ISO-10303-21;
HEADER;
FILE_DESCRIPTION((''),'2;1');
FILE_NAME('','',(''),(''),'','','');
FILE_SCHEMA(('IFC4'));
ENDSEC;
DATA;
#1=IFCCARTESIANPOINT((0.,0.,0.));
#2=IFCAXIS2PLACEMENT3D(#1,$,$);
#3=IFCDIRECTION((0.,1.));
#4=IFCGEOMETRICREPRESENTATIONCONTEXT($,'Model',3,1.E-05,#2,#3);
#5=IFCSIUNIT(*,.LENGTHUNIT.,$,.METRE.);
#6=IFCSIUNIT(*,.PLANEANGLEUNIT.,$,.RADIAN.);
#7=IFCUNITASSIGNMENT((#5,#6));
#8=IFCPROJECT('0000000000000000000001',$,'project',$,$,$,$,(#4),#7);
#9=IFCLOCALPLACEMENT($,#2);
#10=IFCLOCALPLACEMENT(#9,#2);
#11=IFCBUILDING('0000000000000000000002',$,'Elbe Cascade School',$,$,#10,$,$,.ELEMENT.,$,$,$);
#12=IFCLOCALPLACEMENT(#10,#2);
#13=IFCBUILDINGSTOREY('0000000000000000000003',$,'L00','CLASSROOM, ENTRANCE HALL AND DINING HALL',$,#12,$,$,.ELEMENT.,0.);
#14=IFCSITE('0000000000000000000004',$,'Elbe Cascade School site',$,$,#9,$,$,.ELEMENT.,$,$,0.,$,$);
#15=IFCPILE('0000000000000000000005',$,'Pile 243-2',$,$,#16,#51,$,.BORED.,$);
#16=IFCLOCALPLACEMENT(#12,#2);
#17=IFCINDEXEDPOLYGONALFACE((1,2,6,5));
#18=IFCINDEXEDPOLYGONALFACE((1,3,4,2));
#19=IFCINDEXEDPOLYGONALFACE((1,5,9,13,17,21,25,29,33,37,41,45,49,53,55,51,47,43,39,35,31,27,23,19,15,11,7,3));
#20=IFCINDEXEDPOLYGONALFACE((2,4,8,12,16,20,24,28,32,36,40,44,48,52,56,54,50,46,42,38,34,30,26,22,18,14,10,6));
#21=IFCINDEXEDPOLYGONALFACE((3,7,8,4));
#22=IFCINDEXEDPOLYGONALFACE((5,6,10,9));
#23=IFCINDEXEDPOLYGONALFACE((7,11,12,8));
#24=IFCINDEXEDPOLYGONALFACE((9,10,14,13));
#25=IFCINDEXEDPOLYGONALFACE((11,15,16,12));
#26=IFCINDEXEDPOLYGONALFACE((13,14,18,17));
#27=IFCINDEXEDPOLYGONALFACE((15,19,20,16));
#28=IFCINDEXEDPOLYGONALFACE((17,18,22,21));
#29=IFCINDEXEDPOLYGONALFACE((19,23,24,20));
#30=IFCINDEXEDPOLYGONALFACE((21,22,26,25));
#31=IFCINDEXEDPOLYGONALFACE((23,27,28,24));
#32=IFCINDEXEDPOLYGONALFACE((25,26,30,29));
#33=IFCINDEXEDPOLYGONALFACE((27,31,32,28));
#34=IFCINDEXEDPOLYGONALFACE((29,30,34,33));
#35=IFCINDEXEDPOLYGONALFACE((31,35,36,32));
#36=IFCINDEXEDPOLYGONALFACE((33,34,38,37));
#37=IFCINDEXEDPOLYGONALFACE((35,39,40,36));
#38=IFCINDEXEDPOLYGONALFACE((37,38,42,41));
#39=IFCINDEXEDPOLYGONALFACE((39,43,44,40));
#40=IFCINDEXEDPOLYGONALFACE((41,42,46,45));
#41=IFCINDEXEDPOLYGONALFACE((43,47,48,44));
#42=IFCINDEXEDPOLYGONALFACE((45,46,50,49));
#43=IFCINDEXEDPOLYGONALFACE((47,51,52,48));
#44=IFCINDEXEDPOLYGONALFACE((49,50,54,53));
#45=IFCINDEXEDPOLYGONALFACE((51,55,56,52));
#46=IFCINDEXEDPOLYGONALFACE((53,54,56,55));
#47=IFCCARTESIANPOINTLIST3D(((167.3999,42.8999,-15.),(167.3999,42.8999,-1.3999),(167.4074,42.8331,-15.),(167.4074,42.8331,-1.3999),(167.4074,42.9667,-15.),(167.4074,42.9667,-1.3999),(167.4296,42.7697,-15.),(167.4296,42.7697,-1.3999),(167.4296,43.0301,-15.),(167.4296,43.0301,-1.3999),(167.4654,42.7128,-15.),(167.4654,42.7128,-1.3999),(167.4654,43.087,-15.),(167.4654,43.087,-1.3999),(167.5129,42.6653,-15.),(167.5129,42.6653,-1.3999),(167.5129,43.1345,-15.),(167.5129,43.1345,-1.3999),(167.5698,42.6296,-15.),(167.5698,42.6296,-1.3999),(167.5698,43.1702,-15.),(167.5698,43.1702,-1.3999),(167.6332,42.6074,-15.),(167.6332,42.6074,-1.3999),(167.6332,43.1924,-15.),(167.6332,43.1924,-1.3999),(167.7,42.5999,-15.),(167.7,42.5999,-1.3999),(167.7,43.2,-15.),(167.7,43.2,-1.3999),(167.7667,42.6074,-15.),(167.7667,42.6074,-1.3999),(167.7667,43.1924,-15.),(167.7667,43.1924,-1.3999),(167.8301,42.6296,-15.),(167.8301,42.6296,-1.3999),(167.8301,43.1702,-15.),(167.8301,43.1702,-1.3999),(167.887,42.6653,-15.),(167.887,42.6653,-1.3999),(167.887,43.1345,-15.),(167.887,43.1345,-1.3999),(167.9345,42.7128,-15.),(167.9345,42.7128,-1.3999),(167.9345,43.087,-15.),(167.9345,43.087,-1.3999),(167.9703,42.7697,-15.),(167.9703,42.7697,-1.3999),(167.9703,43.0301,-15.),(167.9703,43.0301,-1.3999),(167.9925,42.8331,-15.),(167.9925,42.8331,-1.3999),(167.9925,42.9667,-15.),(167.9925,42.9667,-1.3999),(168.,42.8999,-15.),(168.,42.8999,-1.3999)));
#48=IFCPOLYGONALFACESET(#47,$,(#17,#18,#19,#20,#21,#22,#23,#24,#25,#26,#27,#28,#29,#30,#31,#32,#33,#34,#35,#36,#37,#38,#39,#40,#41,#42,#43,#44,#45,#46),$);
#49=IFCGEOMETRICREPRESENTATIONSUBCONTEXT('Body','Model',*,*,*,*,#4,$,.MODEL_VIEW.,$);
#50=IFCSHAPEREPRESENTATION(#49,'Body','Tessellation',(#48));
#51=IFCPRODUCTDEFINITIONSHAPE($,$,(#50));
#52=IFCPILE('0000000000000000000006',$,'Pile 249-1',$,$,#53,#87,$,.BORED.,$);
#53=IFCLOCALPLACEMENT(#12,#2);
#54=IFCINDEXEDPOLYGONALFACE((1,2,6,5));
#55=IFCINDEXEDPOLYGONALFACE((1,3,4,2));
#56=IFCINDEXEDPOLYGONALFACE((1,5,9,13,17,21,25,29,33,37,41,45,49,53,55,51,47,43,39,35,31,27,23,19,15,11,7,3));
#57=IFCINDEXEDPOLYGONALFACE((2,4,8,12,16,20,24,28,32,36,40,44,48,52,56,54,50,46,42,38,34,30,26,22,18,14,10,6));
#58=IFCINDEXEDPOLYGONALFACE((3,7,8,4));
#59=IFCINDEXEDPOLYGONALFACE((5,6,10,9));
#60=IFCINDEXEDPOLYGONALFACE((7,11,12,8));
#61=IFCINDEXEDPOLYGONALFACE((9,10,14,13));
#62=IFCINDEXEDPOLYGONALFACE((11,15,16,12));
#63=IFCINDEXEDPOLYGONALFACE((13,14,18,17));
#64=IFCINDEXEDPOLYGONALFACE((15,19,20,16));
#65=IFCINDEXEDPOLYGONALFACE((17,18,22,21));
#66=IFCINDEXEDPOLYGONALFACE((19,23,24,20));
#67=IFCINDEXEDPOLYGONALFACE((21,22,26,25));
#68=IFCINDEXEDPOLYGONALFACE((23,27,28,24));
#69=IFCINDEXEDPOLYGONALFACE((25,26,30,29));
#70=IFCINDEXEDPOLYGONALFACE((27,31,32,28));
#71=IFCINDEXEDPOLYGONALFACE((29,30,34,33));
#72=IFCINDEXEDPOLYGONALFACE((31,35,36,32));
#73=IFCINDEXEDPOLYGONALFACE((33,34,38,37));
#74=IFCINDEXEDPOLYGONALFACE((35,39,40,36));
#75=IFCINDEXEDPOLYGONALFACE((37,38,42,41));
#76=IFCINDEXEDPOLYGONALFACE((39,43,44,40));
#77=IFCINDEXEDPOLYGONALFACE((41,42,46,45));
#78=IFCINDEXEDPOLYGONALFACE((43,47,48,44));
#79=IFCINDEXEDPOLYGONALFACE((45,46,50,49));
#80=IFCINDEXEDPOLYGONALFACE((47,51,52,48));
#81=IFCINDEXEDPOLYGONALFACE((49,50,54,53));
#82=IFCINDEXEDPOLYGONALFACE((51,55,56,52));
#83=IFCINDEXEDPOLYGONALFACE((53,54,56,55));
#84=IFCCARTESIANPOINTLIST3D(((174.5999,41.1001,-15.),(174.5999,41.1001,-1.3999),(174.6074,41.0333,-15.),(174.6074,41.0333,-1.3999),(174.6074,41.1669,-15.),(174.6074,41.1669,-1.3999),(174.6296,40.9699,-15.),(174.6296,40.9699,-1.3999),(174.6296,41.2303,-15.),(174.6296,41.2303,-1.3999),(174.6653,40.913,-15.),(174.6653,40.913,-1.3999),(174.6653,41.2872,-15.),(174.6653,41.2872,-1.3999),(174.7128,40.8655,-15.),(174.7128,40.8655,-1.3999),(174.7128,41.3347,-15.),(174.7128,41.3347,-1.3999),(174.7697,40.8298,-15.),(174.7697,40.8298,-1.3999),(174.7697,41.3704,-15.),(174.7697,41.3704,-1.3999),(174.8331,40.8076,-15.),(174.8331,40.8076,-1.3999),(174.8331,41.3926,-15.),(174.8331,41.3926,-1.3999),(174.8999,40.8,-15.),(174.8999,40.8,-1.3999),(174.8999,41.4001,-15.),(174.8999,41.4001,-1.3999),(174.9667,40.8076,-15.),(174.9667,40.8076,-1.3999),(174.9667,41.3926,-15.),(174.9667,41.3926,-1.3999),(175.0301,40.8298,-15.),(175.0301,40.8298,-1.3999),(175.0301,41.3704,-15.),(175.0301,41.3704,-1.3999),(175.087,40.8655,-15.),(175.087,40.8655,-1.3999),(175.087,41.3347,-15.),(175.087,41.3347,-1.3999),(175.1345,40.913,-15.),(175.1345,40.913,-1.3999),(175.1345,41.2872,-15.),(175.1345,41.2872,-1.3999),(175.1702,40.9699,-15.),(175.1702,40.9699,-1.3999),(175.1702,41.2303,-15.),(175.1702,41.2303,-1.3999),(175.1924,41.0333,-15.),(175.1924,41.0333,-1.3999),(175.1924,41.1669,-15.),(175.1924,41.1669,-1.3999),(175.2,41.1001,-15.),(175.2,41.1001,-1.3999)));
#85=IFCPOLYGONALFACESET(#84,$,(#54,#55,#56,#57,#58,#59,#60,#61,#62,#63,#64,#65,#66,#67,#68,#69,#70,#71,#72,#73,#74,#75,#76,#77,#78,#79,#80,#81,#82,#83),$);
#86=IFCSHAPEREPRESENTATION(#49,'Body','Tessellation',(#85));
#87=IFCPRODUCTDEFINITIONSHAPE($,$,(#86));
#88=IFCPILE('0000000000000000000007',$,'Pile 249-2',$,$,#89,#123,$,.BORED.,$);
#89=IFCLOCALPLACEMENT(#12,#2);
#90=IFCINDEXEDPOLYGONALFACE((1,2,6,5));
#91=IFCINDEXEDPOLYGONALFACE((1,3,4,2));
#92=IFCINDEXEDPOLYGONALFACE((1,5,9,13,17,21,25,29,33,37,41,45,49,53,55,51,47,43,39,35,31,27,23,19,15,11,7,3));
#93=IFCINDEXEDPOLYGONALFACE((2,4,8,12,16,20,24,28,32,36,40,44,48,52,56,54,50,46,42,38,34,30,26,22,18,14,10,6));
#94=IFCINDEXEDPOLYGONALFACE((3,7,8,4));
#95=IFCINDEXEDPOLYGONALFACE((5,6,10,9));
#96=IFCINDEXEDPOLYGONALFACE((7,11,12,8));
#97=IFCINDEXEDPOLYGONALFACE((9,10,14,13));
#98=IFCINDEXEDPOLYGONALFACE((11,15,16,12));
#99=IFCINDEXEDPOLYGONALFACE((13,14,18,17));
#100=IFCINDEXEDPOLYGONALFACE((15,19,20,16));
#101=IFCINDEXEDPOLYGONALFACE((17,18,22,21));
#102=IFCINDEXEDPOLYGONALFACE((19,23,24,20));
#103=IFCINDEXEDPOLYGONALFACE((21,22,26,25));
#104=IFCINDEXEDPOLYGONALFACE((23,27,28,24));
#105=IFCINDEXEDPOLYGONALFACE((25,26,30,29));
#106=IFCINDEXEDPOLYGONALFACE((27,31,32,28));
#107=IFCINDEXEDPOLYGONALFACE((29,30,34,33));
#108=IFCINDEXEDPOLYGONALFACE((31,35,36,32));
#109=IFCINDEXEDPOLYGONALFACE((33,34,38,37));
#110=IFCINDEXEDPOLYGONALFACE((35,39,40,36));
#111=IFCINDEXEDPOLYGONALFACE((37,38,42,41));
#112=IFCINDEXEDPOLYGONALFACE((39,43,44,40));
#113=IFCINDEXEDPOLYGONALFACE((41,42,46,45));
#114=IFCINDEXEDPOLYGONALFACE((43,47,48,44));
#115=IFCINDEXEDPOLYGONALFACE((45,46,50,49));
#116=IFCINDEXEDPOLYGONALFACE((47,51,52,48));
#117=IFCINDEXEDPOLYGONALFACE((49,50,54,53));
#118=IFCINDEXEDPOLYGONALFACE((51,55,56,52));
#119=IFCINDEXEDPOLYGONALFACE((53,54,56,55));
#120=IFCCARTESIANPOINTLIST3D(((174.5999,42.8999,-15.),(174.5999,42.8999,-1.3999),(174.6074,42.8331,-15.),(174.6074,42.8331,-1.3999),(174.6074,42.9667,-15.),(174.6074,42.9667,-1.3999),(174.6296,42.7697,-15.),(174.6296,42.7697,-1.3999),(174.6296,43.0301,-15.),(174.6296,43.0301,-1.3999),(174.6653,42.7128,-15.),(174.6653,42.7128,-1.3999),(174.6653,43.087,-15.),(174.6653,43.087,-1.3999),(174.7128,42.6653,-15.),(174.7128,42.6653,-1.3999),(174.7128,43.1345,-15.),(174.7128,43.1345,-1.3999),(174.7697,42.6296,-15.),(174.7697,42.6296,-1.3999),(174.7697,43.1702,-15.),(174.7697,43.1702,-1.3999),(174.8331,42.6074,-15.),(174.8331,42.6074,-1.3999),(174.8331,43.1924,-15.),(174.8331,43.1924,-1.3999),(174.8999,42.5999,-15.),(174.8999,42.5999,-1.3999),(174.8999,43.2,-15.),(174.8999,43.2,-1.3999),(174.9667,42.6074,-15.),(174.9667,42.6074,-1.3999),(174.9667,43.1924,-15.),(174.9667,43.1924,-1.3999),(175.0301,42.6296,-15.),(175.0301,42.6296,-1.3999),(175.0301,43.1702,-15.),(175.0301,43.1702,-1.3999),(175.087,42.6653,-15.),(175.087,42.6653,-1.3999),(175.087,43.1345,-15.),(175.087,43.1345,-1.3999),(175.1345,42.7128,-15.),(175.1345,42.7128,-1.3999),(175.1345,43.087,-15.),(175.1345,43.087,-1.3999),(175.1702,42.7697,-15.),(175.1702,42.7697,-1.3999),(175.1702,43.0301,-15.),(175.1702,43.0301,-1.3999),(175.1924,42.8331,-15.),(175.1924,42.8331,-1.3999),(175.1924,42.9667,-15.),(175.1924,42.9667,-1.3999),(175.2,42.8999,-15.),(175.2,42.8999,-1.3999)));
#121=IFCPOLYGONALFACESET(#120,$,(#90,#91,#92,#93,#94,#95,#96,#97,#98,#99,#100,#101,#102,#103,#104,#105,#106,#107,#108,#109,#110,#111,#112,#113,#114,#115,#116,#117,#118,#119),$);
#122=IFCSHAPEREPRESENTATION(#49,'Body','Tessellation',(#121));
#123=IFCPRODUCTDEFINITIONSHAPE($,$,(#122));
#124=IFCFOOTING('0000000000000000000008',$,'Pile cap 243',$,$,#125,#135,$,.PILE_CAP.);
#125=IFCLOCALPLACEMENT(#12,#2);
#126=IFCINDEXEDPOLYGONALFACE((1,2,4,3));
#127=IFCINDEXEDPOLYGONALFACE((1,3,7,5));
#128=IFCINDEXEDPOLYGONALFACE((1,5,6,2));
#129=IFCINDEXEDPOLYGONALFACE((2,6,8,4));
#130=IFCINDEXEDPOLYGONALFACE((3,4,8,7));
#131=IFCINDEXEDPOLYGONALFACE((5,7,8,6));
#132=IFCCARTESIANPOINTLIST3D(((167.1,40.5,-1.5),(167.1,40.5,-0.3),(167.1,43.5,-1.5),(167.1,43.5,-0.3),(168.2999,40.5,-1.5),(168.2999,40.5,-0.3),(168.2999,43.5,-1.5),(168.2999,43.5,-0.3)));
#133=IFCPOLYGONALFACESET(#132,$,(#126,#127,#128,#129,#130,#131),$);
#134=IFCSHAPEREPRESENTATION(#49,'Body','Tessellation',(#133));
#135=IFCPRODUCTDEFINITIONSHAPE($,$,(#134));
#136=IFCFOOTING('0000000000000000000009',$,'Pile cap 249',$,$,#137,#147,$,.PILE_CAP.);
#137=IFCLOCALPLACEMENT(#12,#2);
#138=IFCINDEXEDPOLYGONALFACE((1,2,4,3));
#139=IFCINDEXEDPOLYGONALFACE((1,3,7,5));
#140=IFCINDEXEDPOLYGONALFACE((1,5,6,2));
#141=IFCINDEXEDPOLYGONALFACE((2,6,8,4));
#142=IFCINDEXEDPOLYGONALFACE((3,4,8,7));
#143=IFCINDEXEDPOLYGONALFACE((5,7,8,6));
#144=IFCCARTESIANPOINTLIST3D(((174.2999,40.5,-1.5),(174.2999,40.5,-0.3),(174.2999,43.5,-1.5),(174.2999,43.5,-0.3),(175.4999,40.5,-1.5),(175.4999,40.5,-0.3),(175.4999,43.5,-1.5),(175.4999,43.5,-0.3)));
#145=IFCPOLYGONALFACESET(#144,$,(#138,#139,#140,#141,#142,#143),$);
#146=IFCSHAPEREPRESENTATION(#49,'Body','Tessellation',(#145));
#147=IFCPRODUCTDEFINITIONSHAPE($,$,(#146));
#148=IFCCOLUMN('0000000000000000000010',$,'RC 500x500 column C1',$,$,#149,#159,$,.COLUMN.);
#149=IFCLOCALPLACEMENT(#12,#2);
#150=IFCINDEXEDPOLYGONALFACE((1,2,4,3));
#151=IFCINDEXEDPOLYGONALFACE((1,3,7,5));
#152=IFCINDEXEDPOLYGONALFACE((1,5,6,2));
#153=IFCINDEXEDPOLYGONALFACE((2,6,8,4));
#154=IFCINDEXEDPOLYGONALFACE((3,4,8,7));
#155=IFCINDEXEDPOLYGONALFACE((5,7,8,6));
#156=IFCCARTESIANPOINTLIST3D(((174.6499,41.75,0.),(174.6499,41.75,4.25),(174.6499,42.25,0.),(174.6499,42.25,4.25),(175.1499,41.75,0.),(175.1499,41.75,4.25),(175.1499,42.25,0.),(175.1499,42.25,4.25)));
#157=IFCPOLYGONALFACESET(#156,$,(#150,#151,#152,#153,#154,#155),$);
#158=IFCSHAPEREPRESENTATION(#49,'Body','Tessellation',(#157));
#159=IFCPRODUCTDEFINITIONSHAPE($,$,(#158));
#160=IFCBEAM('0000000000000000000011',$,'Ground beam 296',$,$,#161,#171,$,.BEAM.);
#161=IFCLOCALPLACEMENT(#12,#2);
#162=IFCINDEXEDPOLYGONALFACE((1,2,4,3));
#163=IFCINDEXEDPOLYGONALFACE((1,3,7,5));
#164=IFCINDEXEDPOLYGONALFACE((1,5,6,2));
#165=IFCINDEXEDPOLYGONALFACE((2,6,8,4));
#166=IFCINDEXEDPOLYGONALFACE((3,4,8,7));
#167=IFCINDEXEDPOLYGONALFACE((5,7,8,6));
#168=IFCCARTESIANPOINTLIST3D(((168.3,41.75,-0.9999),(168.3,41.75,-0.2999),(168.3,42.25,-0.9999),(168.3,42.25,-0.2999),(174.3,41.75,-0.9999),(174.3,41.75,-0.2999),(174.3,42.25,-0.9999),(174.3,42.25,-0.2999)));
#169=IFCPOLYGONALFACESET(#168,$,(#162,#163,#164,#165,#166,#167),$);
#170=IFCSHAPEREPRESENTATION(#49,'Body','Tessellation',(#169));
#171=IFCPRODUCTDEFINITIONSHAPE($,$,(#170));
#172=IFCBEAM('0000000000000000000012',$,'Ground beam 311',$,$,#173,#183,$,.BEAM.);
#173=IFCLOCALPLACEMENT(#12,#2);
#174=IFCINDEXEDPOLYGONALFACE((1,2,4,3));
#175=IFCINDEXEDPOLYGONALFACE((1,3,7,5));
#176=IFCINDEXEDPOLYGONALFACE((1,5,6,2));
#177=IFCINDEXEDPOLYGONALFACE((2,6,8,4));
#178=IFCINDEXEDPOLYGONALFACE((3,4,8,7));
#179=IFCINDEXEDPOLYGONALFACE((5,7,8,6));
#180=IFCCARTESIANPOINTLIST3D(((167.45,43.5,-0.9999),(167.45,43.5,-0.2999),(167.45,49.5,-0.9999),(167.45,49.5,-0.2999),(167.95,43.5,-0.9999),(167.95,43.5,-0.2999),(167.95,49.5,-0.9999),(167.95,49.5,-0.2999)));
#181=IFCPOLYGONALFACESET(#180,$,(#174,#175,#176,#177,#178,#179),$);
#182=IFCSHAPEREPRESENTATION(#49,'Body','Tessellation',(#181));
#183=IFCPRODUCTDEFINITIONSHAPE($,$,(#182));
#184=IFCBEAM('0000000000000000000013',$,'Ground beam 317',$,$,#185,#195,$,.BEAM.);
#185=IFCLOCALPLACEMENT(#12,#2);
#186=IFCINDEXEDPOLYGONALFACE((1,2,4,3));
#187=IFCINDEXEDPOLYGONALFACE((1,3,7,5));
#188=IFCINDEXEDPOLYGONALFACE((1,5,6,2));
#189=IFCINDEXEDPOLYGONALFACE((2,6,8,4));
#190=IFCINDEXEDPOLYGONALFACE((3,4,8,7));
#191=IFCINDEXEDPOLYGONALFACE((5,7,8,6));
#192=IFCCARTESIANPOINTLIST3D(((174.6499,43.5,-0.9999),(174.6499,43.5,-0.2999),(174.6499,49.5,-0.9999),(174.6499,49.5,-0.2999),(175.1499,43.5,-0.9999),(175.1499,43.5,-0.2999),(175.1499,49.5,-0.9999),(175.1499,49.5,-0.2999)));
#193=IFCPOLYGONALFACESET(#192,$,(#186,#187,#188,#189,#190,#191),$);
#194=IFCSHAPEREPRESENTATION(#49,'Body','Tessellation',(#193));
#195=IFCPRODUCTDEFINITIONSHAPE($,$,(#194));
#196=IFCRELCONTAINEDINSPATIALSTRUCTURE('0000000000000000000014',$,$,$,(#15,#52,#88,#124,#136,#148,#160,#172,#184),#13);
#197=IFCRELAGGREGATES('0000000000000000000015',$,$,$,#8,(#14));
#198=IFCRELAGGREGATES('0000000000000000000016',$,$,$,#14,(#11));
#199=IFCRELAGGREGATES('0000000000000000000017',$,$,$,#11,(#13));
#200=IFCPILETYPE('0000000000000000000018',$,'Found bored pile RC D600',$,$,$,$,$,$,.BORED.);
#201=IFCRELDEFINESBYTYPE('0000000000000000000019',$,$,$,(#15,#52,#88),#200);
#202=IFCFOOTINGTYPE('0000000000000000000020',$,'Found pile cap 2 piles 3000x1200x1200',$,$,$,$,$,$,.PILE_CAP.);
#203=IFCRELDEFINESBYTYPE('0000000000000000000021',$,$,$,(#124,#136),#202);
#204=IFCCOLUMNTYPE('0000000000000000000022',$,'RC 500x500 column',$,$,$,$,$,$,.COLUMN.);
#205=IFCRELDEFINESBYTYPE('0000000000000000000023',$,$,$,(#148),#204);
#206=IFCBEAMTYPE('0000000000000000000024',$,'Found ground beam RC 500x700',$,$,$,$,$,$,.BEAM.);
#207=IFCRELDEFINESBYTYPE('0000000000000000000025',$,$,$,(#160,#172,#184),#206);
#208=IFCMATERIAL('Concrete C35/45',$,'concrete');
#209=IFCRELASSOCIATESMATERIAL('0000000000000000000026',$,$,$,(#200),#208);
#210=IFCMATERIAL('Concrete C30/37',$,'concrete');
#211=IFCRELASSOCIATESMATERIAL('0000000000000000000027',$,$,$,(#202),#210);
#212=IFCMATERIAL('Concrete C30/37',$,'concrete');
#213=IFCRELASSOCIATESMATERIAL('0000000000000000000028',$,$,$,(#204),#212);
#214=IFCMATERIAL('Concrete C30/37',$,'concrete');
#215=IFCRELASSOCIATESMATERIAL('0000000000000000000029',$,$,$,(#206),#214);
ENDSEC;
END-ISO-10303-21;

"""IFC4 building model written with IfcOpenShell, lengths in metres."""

from ifc_helpers import new_model, si_unit, direction, frame, origin, origin_2d, place, context, subcontext, project, spatial, rectangle, circle, extrude, material, material_profile, profile_set, type_object, element, save


model = new_model("IFC4")

# Units and contexts
model_context = context("Model", 3, precision=1e-05, world=origin(), true_north=direction((0.0, 1.0)))
body_context = subcontext(model_context, "Body", "Model", "MODEL_VIEW")
ifc_project = project(units=[si_unit("LENGTHUNIT", "METRE"), si_unit("PLANEANGLEUNIT", "RADIAN")], contexts=[model_context])

# Site, building, storey
site_placement = place(None, origin())
site = spatial("IfcSite", under=ifc_project, at=site_placement, Name="Elbe Cascade School site", CompositionType="ELEMENT", RefElevation=0.0)
building_placement = place(site_placement, origin())
building = spatial("IfcBuilding", under=site, at=building_placement, Name="Elbe Cascade School", CompositionType="ELEMENT")
storey_placement = place(building_placement, origin())
storey = spatial("IfcBuildingStorey", under=building, at=storey_placement, Name="L00", Description="CLASSROOM, ENTRANCE HALL AND DINING HALL", CompositionType="ELEMENT", Elevation=0.0)

# Piles
ifc_material_1 = material(Name="Concrete C35/45", Category="concrete")
ifc_material_profile_1 = material_profile(ifc_material_1, circle(Radius=0.3, at=origin_2d()), Name="RC D600")
ifc_profile_set_1 = profile_set([ifc_material_profile_1], Name="Concrete C35/45")
pile_type = type_object("IfcPileType", Name="Found bored pile RC D600", PredefinedType="BORED", material=ifc_profile_set_1)
for number, where, z_axis, x_axis, name in (
    (1, (167.7, 42.8999, -1.3999), (0.0, 0.0, -1.0), (1.0, 0.0, 0.0), "Pile 243-2"),
    (2, (174.8999, 41.1001, -1.3999), (0.0, 0.0, -1.0), (1.0, 0.0, 0.0), "Pile 249-1"),
    (3, (174.8999, 42.8999, -1.3999), (0.0, 0.0, -1.0), (1.0, 0.0, 0.0), "Pile 249-2"),
):
    element("IfcPile", number, at=place(storey_placement, frame(where, z_axis=z_axis, x_axis=x_axis)), inside=storey, type_object=pile_type, Name=name, PredefinedType="BORED", context=body_context, shape_type="SweptSolid", body=[
        extrude(circle(Radius=0.3, at=origin_2d()), origin(), (0.0, 0.0, 1.0), 13.6001),
    ])

# Footings
ifc_material_2 = material(Name="Concrete C30/37", Category="concrete")
footing_type = type_object("IfcFootingType", Name="Found pile cap 2 piles 3000x1200x1200", PredefinedType="PILE_CAP", material=ifc_material_2)
for number, where, z_axis, x_axis, name in (
    (4, (167.7, 42.0, -1.5), (0.0, 0.0, 1.0), (1.0, 0.0, 0.0), "Pile cap 243"),
    (5, (174.8999, 42.0, -1.5), (0.0, 0.0, 1.0), (1.0, 0.0, 0.0), "Pile cap 249"),
):
    element("IfcFooting", number, at=place(storey_placement, frame(where, z_axis=z_axis, x_axis=x_axis)), inside=storey, type_object=footing_type, Name=name, PredefinedType="PILE_CAP", context=body_context, shape_type="SweptSolid", body=[
        extrude(rectangle(XDim=1.2, YDim=3.0, at=origin_2d()), origin(), (0.0, 0.0, 1.0), 1.2),
    ])

# Column
ifc_material_3 = material(Name="Concrete C30/37", Category="concrete")
ifc_material_profile_2 = material_profile(ifc_material_3, rectangle(XDim=0.5, YDim=0.5, at=origin_2d()), Name="RC 500x500")
ifc_profile_set_2 = profile_set([ifc_material_profile_2], Name="Concrete C30/37")
column_type = type_object("IfcColumnType", Name="RC 500x500 column", PredefinedType="COLUMN", material=ifc_profile_set_2)
column_placement = place(storey_placement, frame((174.8999, 42.0, 0.0), z_axis=(0.0, 0.0, 1.0), x_axis=(1.0, 0.0, 0.0)))
element("IfcColumn", 6, at=column_placement, inside=storey, type_object=column_type, Name="RC 500x500 column C1", PredefinedType="COLUMN", context=body_context, shape_type="SweptSolid", body=[
    extrude(rectangle(XDim=0.5, YDim=0.5, at=origin_2d()), origin(), (0.0, 0.0, 1.0), 4.25),
])

# Beams
ifc_material_4 = material(Name="Concrete C30/37", Category="concrete")
ifc_material_profile_3 = material_profile(ifc_material_4, rectangle(XDim=0.5, YDim=0.7, at=origin_2d()), Name="RC 500x700")
ifc_profile_set_3 = profile_set([ifc_material_profile_3], Name="Concrete C30/37")
beam_type_1 = type_object("IfcBeamType", Name="Found ground beam RC 500x700", PredefinedType="BEAM", material=ifc_profile_set_3)
for number, where, z_axis, x_axis, name in (
    (7, (168.3, 42.0, -0.6499), (1.0, 0.0, 0.0), (0.0, 1.0, 0.0), "Ground beam 296"),
    (8, (167.7, 43.5, -0.6499), (0.0, 1.0, 0.0), (-1.0, 0.0, 0.0), "Ground beam 311"),
    (9, (174.8999, 43.5, -0.6499), (0.0, 1.0, 0.0), (-1.0, 0.0, 0.0), "Ground beam 317"),
):
    element("IfcBeam", number, at=place(storey_placement, frame(where, z_axis=z_axis, x_axis=x_axis)), inside=storey, type_object=beam_type_1, Name=name, PredefinedType="BEAM", context=body_context, shape_type="SweptSolid", body=[
        extrude(rectangle(XDim=0.5, YDim=0.7, at=origin_2d()), origin(), (0.0, 0.0, 1.0), 6.0),
    ])

save(model, "model.ifc")
